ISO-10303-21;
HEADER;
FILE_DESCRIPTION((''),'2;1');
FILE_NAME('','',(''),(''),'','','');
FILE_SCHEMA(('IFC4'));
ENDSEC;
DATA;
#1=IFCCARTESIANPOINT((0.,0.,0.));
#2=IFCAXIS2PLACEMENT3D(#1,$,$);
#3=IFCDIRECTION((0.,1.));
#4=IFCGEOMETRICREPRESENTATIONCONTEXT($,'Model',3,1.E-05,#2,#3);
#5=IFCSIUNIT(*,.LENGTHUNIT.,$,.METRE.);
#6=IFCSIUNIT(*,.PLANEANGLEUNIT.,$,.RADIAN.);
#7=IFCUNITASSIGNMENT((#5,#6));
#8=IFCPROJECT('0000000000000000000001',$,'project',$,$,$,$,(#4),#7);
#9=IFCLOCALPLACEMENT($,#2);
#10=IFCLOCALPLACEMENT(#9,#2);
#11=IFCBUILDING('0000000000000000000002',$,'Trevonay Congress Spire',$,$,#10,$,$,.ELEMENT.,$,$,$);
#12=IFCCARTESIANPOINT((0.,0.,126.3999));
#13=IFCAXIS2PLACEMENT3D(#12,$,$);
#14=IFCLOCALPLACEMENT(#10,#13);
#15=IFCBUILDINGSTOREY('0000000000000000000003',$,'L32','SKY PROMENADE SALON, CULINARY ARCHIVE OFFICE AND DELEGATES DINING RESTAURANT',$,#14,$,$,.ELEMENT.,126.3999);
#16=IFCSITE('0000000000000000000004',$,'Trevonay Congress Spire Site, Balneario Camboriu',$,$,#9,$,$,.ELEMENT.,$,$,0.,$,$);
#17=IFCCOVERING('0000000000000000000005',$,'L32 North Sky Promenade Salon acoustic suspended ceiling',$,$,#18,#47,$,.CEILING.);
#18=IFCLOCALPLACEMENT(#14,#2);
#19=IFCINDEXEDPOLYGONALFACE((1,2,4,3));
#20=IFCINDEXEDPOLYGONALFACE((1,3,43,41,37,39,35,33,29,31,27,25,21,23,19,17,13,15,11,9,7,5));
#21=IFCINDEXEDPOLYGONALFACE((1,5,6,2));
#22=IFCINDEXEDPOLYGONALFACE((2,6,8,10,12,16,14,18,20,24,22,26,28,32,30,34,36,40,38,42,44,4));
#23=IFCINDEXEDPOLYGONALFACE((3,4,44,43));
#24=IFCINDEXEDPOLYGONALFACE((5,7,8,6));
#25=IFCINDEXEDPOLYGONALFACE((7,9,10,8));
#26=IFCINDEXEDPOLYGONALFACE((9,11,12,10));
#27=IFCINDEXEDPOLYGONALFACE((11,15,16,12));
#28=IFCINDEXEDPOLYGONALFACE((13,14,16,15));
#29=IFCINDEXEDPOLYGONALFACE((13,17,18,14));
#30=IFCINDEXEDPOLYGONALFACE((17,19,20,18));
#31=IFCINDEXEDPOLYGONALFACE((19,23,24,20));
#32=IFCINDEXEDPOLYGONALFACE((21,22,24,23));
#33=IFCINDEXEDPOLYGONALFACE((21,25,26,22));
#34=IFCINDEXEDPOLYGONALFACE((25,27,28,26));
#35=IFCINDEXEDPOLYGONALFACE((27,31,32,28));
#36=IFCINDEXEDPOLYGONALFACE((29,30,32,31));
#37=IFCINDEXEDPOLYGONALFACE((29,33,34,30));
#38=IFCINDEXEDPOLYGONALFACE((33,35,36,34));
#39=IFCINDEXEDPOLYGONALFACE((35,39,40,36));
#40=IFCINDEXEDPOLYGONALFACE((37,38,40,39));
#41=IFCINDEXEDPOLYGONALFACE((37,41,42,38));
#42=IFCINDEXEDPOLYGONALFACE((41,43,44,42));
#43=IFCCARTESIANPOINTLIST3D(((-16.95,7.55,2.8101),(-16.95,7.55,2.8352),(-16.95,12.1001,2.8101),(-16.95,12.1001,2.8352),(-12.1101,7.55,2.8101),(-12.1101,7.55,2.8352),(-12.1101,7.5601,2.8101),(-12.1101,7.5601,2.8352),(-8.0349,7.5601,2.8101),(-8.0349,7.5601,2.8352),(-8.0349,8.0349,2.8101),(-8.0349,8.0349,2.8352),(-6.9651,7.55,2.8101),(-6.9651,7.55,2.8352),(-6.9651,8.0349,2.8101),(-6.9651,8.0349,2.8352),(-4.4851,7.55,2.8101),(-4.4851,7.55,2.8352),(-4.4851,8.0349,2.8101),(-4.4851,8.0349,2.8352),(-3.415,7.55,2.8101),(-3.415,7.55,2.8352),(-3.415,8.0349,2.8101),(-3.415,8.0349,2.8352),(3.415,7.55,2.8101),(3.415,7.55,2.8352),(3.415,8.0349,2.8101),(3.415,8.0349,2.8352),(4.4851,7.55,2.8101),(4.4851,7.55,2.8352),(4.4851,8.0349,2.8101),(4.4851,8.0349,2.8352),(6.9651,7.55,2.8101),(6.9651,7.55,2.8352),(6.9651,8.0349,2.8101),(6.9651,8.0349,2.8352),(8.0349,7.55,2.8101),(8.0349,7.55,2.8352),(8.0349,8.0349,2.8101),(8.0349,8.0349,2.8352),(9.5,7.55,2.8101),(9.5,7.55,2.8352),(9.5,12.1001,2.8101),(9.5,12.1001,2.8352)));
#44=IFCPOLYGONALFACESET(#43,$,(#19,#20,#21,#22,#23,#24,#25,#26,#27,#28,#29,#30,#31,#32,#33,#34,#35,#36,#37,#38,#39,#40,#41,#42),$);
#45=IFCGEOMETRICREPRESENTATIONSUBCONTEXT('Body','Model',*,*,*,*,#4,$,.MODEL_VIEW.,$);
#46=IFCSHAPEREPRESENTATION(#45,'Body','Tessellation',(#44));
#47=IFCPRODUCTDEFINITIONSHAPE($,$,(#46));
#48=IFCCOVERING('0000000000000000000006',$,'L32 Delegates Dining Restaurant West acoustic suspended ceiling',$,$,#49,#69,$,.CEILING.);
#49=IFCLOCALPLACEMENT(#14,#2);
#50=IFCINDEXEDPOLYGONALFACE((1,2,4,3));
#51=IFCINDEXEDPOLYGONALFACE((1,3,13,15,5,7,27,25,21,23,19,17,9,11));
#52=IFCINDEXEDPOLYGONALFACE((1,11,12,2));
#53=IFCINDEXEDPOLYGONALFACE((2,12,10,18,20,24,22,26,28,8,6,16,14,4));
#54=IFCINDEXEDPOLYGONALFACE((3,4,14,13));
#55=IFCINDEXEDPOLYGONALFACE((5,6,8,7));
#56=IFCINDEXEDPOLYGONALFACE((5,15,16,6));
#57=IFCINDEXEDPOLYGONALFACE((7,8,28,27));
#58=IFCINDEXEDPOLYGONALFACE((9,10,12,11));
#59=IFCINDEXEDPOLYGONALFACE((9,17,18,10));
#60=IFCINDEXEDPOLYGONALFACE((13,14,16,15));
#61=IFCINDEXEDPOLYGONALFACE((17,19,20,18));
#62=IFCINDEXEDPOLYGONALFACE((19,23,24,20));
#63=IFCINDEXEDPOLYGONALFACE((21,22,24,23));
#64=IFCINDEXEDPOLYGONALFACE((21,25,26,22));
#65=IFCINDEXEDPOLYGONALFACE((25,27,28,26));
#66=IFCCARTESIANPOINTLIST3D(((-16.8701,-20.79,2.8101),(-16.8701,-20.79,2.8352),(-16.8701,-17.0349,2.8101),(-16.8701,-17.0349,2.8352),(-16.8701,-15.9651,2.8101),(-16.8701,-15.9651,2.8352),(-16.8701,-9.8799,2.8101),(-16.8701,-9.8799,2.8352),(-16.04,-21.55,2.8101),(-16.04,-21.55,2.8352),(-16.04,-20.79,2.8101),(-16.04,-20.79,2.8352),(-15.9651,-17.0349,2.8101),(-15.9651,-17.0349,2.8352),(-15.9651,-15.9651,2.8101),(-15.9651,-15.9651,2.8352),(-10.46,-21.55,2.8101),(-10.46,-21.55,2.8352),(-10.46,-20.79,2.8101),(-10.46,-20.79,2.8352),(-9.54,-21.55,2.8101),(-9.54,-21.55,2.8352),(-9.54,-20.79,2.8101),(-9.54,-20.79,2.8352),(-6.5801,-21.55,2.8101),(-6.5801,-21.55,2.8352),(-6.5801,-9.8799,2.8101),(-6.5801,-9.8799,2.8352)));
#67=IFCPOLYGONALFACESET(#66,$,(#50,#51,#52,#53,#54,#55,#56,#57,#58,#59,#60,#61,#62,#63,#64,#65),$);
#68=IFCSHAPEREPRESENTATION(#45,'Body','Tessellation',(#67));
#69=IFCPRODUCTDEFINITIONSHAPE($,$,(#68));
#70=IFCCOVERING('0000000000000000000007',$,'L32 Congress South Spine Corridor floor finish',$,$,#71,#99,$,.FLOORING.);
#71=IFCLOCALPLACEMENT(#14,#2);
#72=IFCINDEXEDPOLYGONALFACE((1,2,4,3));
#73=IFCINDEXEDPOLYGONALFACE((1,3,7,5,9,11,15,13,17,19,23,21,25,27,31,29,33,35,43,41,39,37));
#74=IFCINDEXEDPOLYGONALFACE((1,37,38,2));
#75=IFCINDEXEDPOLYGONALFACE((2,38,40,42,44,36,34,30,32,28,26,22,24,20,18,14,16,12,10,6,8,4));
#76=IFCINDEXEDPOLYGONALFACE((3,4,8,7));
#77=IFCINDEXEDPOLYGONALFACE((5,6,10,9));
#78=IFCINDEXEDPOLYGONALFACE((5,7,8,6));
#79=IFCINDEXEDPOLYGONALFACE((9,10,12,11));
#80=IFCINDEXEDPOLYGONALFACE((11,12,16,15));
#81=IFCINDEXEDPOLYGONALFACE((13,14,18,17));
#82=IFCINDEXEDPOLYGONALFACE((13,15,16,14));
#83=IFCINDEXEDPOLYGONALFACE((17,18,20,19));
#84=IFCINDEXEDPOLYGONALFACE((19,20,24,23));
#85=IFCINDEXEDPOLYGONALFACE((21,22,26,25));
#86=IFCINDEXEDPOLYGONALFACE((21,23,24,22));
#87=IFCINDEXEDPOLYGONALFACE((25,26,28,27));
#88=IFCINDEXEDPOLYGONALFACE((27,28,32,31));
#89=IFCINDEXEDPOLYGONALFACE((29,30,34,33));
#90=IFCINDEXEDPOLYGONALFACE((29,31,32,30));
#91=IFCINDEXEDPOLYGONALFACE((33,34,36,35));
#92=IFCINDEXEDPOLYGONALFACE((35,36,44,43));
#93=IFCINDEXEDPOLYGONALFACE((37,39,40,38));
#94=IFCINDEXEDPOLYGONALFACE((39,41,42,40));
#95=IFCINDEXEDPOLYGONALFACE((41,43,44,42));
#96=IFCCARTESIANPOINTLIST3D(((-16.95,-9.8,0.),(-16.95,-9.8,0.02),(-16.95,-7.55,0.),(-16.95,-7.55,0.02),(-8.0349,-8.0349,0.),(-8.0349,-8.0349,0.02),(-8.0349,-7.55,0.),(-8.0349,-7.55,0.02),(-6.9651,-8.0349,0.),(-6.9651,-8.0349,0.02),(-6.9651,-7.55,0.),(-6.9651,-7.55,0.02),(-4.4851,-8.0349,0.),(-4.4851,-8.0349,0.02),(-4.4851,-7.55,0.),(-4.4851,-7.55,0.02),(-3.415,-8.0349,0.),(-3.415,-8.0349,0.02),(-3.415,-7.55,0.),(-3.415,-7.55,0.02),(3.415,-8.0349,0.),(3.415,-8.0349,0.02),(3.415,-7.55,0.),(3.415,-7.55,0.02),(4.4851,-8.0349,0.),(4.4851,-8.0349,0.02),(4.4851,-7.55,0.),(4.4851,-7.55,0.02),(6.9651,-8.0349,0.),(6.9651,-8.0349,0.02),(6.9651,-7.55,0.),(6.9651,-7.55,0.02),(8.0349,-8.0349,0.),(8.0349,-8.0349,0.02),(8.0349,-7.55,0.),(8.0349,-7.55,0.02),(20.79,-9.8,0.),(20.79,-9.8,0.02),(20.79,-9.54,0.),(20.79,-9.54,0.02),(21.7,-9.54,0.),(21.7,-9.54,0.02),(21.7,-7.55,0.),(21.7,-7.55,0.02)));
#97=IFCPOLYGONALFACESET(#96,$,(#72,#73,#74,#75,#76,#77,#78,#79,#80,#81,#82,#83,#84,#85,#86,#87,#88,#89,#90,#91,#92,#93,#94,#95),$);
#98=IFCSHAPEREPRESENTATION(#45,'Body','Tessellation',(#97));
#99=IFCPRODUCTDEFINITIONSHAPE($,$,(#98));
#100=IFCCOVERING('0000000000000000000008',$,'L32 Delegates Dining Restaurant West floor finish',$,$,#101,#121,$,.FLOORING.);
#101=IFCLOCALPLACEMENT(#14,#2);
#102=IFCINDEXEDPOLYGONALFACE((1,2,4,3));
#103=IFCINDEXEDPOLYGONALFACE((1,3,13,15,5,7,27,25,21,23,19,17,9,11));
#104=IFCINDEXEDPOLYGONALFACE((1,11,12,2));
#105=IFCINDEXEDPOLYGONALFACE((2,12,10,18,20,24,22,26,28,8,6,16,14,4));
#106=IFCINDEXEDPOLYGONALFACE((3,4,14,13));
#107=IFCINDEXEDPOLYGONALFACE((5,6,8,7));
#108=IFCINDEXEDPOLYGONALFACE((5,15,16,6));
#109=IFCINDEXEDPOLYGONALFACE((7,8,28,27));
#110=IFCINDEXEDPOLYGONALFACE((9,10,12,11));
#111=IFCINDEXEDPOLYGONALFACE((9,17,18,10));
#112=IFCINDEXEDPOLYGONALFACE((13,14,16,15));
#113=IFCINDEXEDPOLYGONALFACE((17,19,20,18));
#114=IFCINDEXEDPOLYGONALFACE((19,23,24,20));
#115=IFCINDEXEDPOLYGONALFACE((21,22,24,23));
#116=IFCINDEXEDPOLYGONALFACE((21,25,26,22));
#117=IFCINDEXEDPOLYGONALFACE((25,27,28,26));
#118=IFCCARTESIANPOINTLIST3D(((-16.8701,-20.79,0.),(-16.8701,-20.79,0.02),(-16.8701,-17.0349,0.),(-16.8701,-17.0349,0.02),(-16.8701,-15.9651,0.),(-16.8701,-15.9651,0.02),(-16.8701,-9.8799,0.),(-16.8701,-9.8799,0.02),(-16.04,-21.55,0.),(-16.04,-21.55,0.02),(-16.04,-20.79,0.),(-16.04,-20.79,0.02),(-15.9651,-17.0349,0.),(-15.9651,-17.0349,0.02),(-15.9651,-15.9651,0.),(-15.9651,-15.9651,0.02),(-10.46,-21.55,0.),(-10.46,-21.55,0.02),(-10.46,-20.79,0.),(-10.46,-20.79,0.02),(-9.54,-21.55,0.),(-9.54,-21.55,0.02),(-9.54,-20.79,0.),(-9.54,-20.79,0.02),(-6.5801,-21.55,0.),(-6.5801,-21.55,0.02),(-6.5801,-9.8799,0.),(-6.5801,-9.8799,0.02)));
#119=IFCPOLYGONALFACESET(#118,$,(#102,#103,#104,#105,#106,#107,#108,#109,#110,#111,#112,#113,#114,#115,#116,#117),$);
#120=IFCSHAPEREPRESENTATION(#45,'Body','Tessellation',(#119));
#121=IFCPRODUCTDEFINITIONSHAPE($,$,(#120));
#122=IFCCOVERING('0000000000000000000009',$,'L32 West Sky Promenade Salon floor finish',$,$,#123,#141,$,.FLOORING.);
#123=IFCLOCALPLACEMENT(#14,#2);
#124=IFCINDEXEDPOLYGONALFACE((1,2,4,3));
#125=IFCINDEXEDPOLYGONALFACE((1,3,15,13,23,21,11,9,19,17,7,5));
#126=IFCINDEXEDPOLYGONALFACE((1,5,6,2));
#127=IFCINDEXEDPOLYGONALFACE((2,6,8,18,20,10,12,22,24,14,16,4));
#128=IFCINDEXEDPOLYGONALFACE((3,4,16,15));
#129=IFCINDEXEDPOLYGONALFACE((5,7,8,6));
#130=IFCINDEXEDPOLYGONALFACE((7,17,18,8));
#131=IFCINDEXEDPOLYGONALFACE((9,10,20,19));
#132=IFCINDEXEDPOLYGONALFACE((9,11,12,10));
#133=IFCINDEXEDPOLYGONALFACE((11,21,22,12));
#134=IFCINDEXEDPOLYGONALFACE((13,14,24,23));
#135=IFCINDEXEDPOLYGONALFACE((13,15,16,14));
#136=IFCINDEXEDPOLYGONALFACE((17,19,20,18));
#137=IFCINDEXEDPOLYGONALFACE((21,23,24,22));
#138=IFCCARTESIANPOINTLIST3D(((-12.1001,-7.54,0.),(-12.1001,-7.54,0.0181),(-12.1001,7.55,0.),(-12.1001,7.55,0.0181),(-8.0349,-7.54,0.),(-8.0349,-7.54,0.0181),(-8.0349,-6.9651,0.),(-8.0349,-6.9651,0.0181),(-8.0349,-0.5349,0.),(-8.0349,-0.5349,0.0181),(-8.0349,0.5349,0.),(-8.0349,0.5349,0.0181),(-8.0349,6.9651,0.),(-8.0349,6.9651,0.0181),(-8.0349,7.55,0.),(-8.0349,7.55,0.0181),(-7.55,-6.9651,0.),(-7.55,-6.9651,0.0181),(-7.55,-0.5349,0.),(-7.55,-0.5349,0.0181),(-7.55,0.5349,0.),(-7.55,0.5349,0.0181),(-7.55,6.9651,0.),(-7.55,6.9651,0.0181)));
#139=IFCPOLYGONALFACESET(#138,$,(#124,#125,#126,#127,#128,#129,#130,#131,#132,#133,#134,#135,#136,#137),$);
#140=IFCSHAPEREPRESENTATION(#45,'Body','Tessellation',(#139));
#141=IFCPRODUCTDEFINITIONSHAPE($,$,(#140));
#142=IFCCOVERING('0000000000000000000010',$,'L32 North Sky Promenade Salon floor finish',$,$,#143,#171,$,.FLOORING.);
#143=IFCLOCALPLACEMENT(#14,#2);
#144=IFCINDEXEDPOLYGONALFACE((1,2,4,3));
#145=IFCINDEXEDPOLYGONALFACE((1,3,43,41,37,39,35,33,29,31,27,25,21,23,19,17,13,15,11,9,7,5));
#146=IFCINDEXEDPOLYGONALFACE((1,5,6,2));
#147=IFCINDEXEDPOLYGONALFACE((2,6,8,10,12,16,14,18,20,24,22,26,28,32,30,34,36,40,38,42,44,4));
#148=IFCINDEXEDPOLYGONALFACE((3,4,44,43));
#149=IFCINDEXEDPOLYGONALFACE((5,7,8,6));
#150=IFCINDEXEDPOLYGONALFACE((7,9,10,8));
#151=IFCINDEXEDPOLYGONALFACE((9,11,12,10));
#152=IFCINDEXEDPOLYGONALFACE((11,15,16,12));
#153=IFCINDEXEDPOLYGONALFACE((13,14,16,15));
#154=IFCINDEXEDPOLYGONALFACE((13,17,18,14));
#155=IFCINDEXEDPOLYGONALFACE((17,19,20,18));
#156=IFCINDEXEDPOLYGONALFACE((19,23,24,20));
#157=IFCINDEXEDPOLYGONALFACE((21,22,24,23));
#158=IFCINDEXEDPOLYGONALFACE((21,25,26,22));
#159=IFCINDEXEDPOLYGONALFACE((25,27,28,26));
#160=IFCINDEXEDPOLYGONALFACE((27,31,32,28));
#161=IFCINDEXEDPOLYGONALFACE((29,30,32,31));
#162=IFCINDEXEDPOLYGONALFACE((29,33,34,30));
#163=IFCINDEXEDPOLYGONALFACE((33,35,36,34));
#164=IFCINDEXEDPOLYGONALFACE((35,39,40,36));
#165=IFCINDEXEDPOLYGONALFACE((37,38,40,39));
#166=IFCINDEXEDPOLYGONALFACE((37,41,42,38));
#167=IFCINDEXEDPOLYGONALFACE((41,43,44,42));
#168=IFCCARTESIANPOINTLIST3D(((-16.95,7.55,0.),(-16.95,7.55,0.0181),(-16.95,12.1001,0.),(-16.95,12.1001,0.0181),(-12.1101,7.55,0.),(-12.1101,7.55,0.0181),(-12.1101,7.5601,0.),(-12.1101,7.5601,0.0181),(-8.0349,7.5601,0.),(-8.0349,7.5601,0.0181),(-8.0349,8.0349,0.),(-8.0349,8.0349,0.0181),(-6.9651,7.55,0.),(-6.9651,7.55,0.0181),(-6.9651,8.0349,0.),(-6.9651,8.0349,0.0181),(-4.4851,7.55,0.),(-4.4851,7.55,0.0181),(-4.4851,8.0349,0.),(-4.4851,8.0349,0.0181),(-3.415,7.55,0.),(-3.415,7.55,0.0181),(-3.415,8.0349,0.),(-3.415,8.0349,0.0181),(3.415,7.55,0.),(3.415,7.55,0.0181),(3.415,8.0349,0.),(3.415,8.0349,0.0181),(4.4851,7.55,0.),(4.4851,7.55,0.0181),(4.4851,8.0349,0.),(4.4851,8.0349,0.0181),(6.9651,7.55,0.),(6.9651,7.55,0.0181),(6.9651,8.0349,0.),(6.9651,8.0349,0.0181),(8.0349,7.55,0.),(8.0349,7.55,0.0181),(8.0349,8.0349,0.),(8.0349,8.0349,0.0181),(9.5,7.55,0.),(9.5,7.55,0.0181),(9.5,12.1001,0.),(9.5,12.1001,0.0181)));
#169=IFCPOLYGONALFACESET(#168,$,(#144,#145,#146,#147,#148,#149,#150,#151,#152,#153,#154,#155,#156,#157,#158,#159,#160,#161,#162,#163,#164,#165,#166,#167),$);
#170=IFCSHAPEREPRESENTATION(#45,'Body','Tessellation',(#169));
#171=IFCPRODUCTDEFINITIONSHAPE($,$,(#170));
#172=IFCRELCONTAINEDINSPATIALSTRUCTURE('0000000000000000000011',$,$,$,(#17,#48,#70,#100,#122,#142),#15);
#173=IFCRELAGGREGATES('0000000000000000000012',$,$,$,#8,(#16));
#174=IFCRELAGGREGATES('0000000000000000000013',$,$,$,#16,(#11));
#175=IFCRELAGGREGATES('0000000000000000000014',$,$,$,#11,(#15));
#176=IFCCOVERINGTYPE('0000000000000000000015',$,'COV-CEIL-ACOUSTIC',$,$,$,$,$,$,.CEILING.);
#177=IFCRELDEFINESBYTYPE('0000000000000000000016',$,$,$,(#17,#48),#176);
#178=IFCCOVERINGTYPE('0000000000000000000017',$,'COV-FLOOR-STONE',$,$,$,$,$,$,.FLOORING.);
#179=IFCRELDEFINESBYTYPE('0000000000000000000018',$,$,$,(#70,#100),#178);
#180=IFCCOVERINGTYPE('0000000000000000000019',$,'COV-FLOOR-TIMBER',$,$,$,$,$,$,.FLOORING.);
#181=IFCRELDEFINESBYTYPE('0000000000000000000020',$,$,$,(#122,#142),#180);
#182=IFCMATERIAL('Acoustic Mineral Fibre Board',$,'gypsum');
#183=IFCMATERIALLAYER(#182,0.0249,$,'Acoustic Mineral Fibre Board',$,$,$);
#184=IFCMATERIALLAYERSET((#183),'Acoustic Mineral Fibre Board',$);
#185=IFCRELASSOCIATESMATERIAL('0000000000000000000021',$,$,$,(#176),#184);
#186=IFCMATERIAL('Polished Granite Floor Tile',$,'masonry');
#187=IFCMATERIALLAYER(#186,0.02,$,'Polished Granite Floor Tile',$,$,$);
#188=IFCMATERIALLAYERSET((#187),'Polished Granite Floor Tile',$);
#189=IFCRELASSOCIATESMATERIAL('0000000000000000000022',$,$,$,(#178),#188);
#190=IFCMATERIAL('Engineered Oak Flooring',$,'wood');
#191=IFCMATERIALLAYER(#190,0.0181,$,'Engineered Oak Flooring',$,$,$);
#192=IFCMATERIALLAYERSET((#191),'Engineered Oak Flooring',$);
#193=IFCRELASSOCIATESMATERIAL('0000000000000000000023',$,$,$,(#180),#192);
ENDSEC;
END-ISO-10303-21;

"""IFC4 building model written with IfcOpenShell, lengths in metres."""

from ifc_helpers import new_model, si_unit, direction, frame, origin, place, context, subcontext, project, spatial, polyline, outline, extrude, material, layer, layer_set, type_object, element, save


model = new_model("IFC4")

# Units and contexts
model_context = context("Model", 3, precision=1e-05, world=origin(), true_north=direction((0.0, 1.0)))
body_context = subcontext(model_context, "Body", "Model", "MODEL_VIEW")
ifc_project = project(units=[si_unit("LENGTHUNIT", "METRE"), si_unit("PLANEANGLEUNIT", "RADIAN")], contexts=[model_context])

# Site, building, storey
site_placement = place(None, origin())
site = spatial("IfcSite", under=ifc_project, at=site_placement, Name="Trevonay Congress Spire Site, Balneario Camboriu", CompositionType="ELEMENT", RefElevation=0.0)
building_placement = place(site_placement, origin())
building = spatial("IfcBuilding", under=site, at=building_placement, Name="Trevonay Congress Spire", CompositionType="ELEMENT")
storey_placement = place(building_placement, frame((0.0, 0.0, 126.3999)))
storey = spatial("IfcBuildingStorey", under=building, at=storey_placement, Name="L32", Description="SKY PROMENADE SALON, CULINARY ARCHIVE OFFICE AND DELEGATES DINING RESTAURANT", CompositionType="ELEMENT", Elevation=126.3999)

# Coverings
ifc_material_1 = material(Name="Acoustic Mineral Fibre Board", Category="gypsum")
ifc_layer_1 = layer(ifc_material_1, 0.0249, Name="Acoustic Mineral Fibre Board")
ifc_layer_set_1 = layer_set([ifc_layer_1], Name="Acoustic Mineral Fibre Board")
covering_type_1 = type_object("IfcCoveringType", Name="COV-CEIL-ACOUSTIC", PredefinedType="CEILING", material=ifc_layer_set_1)
covering_1_placement = place(storey_placement, frame((0.0, 0.0, 2.8101)))
element("IfcCovering", 1, at=covering_1_placement, inside=storey, type_object=covering_type_1, Name="L32 North Sky Promenade Salon acoustic suspended ceiling", PredefinedType="CEILING", context=body_context, shape_type="SweptSolid", body=[
    extrude(outline(polyline([(-16.95, 12.1001), (9.5, 12.1001), (9.5, 7.55), (8.0349, 7.55), (8.0349, 8.0349), (6.9651, 8.0349), (6.9651, 7.55), (4.4851, 7.55), (4.4851, 8.0349), (3.415, 8.0349), (3.415, 7.55), (-3.415, 7.55), (-3.415, 8.0349), (-4.4851, 8.0349), (-4.4851, 7.55), (-6.9651, 7.55), (-6.9651, 8.0349), (-8.0349, 8.0349), (-8.0349, 7.5601), (-12.1101, 7.5601), (-12.1101, 7.55), (-16.95, 7.55), (-16.95, 12.1001)])), origin(), (0.0, 0.0, 1.0), 0.0251),
])
covering_2_placement = place(storey_placement, frame((0.0, 0.0, 2.8101)))
element("IfcCovering", 2, at=covering_2_placement, inside=storey, type_object=covering_type_1, Name="L32 Delegates Dining Restaurant West acoustic suspended ceiling", PredefinedType="CEILING", context=body_context, shape_type="SweptSolid", body=[
    extrude(outline(polyline([(-16.04, -21.55), (-16.04, -20.79), (-16.8701, -20.79), (-16.8701, -17.0349), (-15.9651, -17.0349), (-15.9651, -15.9651), (-16.8701, -15.9651), (-16.8701, -9.8799), (-6.5801, -9.8799), (-6.5801, -21.55), (-9.54, -21.55), (-9.54, -20.79), (-10.46, -20.79), (-10.46, -21.55), (-16.04, -21.55)])), origin(), (0.0, 0.0, 1.0), 0.0251),
])
ifc_material_2 = material(Name="Polished Granite Floor Tile", Category="masonry")
ifc_layer_2 = layer(ifc_material_2, 0.02, Name="Polished Granite Floor Tile")
ifc_layer_set_2 = layer_set([ifc_layer_2], Name="Polished Granite Floor Tile")
covering_type_2 = type_object("IfcCoveringType", Name="COV-FLOOR-STONE", PredefinedType="FLOORING", material=ifc_layer_set_2)
covering_3_placement = place(storey_placement, origin())
element("IfcCovering", 3, at=covering_3_placement, inside=storey, type_object=covering_type_2, Name="L32 Congress South Spine Corridor floor finish", PredefinedType="FLOORING", context=body_context, shape_type="SweptSolid", body=[
    extrude(outline(polyline([(-16.95, -9.8), (-16.95, -7.55), (-8.0349, -7.55), (-8.0349, -8.0349), (-6.9651, -8.0349), (-6.9651, -7.55), (-4.4851, -7.55), (-4.4851, -8.0349), (-3.415, -8.0349), (-3.415, -7.55), (3.415, -7.55), (3.415, -8.0349), (4.4851, -8.0349), (4.4851, -7.55), (6.9651, -7.55), (6.9651, -8.0349), (8.0349, -8.0349), (8.0349, -7.55), (21.7, -7.55), (21.7, -9.54), (20.79, -9.54), (20.79, -9.8), (-16.95, -9.8)])), origin(), (0.0, 0.0, 1.0), 0.02),
])
covering_4_placement = place(storey_placement, origin())
element("IfcCovering", 4, at=covering_4_placement, inside=storey, type_object=covering_type_2, Name="L32 Delegates Dining Restaurant West floor finish", PredefinedType="FLOORING", context=body_context, shape_type="SweptSolid", body=[
    extrude(outline(polyline([(-16.04, -21.55), (-16.04, -20.79), (-16.8701, -20.79), (-16.8701, -17.0349), (-15.9651, -17.0349), (-15.9651, -15.9651), (-16.8701, -15.9651), (-16.8701, -9.8799), (-6.5801, -9.8799), (-6.5801, -21.55), (-9.54, -21.55), (-9.54, -20.79), (-10.46, -20.79), (-10.46, -21.55), (-16.04, -21.55)])), origin(), (0.0, 0.0, 1.0), 0.02),
])
ifc_material_3 = material(Name="Engineered Oak Flooring", Category="wood")
ifc_layer_3 = layer(ifc_material_3, 0.0181, Name="Engineered Oak Flooring")
ifc_layer_set_3 = layer_set([ifc_layer_3], Name="Engineered Oak Flooring")
covering_type_3 = type_object("IfcCoveringType", Name="COV-FLOOR-TIMBER", PredefinedType="FLOORING", material=ifc_layer_set_3)
covering_5_placement = place(storey_placement, origin())
element("IfcCovering", 5, at=covering_5_placement, inside=storey, type_object=covering_type_3, Name="L32 West Sky Promenade Salon floor finish", PredefinedType="FLOORING", context=body_context, shape_type="SweptSolid", body=[
    extrude(outline(polyline([(-12.1001, 7.55), (-8.0349, 7.55), (-8.0349, 6.9651), (-7.55, 6.9651), (-7.55, 0.5349), (-8.0349, 0.5349), (-8.0349, -0.5349), (-7.55, -0.5349), (-7.55, -6.9651), (-8.0349, -6.9651), (-8.0349, -7.54), (-12.1001, -7.54), (-12.1001, 7.55)])), origin(), (0.0, 0.0, 1.0), 0.0181),
])
covering_6_placement = place(storey_placement, origin())
element("IfcCovering", 6, at=covering_6_placement, inside=storey, type_object=covering_type_3, Name="L32 North Sky Promenade Salon floor finish", PredefinedType="FLOORING", context=body_context, shape_type="SweptSolid", body=[
    extrude(outline(polyline([(-16.95, 12.1001), (9.5, 12.1001), (9.5, 7.55), (8.0349, 7.55), (8.0349, 8.0349), (6.9651, 8.0349), (6.9651, 7.55), (4.4851, 7.55), (4.4851, 8.0349), (3.415, 8.0349), (3.415, 7.55), (-3.415, 7.55), (-3.415, 8.0349), (-4.4851, 8.0349), (-4.4851, 7.55), (-6.9651, 7.55), (-6.9651, 8.0349), (-8.0349, 8.0349), (-8.0349, 7.5601), (-12.1101, 7.5601), (-12.1101, 7.55), (-16.95, 7.55), (-16.95, 12.1001)])), origin(), (0.0, 0.0, 1.0), 0.0181),
])

save(model, "model.ifc")
